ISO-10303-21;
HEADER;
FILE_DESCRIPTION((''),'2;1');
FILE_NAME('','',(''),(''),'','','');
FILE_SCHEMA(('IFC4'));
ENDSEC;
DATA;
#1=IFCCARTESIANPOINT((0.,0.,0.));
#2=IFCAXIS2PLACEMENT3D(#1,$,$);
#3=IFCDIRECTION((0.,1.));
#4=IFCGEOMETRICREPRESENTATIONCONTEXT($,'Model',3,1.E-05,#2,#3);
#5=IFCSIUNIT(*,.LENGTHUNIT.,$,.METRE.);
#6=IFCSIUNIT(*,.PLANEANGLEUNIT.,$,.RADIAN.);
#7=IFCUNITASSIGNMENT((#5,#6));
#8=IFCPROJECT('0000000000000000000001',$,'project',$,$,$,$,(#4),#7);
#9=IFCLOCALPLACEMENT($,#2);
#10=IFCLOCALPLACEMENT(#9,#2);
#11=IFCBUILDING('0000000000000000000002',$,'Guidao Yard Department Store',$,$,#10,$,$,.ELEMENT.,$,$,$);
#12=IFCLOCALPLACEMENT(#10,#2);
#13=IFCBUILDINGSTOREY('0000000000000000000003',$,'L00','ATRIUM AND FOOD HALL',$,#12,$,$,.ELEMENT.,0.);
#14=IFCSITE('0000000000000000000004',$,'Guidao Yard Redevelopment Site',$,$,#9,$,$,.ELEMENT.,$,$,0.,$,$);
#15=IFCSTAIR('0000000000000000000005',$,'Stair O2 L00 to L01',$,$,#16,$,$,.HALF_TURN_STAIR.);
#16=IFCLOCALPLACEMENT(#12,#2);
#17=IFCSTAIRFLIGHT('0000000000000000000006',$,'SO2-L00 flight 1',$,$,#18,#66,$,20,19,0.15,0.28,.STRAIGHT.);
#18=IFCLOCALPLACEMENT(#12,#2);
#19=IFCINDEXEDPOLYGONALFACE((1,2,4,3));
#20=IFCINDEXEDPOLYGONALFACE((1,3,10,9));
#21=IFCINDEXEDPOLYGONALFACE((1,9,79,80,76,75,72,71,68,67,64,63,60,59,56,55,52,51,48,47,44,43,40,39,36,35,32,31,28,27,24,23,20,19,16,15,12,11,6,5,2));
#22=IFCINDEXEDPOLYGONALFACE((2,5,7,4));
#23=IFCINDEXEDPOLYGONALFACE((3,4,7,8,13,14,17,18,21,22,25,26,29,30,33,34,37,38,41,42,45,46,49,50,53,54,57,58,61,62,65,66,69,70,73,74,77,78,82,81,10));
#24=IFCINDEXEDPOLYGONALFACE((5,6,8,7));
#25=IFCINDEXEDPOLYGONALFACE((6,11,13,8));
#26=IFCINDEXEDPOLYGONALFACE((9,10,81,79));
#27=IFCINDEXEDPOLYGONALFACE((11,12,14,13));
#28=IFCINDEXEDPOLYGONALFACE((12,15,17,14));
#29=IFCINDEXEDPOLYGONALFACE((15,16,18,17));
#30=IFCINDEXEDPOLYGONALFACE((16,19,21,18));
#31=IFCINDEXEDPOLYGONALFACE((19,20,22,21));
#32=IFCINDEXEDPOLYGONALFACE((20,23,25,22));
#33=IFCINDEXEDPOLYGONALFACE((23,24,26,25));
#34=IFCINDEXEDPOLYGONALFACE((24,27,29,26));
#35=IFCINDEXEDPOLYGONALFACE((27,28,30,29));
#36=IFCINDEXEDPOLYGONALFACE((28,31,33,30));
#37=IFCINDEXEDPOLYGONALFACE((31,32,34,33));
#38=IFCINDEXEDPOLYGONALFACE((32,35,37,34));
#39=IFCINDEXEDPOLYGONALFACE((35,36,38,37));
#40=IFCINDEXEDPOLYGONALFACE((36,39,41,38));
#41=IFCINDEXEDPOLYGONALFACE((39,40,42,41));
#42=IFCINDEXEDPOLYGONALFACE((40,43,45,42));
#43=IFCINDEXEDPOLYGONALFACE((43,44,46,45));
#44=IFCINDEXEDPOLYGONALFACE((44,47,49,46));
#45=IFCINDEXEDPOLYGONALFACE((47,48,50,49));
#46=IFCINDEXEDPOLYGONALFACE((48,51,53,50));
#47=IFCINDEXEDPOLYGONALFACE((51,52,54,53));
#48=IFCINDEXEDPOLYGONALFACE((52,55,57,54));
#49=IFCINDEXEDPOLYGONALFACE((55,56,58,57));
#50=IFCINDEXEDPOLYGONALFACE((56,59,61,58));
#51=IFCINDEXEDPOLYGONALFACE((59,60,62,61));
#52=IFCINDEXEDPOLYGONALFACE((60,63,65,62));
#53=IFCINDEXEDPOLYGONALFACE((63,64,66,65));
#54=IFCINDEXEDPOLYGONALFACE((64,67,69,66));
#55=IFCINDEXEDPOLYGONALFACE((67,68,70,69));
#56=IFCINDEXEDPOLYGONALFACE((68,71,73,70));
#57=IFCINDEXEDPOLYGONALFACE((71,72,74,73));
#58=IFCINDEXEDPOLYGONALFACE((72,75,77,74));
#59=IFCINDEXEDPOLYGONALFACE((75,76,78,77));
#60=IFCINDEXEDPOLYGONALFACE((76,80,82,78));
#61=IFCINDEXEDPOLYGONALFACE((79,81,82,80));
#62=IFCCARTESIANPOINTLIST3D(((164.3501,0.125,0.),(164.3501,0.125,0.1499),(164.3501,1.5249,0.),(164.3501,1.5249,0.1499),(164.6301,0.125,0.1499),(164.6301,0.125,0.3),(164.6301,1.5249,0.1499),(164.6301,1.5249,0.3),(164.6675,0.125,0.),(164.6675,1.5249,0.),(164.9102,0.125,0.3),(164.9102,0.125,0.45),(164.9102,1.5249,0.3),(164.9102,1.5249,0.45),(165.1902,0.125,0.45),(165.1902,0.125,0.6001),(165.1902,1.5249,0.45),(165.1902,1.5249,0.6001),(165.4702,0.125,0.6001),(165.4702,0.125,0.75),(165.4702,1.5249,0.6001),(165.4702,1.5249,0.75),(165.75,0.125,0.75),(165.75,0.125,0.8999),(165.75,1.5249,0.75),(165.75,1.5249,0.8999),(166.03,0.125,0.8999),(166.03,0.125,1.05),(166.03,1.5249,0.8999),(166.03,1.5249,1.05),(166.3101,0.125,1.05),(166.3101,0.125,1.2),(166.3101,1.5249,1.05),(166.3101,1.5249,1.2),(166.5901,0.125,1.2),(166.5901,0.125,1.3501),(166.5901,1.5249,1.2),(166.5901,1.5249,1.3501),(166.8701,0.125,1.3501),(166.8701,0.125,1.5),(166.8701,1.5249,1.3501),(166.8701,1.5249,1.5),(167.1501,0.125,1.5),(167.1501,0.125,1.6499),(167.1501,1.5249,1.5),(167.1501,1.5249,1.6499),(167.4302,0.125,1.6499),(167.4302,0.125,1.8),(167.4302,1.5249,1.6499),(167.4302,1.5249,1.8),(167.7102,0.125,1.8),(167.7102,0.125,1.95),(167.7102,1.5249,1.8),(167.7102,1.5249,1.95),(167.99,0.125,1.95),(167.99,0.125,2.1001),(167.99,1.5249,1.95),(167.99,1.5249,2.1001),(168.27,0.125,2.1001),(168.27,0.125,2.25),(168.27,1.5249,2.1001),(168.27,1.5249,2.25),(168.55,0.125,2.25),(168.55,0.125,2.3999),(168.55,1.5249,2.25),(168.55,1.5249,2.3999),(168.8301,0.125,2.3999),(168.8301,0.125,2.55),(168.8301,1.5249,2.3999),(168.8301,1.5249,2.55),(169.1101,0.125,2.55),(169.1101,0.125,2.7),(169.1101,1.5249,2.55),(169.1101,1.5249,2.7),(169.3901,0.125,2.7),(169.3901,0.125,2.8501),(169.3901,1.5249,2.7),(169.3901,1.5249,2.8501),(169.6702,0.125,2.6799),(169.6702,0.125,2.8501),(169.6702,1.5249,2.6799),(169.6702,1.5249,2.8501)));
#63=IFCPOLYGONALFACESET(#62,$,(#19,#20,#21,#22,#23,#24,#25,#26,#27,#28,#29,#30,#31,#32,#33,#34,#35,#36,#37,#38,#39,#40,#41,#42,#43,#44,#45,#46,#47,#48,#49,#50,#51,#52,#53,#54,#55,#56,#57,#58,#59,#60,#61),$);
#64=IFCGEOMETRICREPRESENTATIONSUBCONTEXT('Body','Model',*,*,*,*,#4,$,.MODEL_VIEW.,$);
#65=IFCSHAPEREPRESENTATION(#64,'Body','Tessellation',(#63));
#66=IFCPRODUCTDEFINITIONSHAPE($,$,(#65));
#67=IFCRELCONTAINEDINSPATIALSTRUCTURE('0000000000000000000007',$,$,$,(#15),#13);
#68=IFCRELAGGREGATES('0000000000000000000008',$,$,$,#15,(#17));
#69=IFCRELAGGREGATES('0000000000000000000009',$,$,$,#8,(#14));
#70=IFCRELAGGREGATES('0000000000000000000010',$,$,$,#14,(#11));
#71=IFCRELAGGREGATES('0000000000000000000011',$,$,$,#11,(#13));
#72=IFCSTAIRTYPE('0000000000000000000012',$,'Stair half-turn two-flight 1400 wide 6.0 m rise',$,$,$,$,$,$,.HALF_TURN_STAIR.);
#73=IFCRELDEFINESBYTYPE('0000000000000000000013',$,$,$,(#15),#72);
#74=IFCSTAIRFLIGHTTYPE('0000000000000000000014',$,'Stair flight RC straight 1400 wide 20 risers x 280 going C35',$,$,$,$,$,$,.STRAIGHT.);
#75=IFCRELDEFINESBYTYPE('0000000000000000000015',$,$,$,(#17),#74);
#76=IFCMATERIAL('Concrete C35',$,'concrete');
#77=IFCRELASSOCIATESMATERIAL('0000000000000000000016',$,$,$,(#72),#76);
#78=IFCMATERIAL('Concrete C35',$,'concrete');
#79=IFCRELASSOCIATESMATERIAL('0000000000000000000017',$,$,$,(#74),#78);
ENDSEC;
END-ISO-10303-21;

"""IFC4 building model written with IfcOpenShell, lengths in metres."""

from ifc_helpers import new_model, si_unit, direction, frame, origin, place, context, subcontext, project, spatial, polyline, outline, extrude, material, type_object, element, aggregate, save


model = new_model("IFC4")

# Units and contexts
model_context = context("Model", 3, precision=1e-05, world=origin(), true_north=direction((0.0, 1.0)))
body_context = subcontext(model_context, "Body", "Model", "MODEL_VIEW")
ifc_project = project(units=[si_unit("LENGTHUNIT", "METRE"), si_unit("PLANEANGLEUNIT", "RADIAN")], contexts=[model_context])

# Site, building, storey
site_placement = place(None, origin())
site = spatial("IfcSite", under=ifc_project, at=site_placement, Name="Guidao Yard Redevelopment Site", CompositionType="ELEMENT", RefElevation=0.0)
building_placement = place(site_placement, origin())
building = spatial("IfcBuilding", under=site, at=building_placement, Name="Guidao Yard Department Store", CompositionType="ELEMENT")
storey_placement = place(building_placement, origin())
storey = spatial("IfcBuildingStorey", under=building, at=storey_placement, Name="L00", Description="ATRIUM AND FOOD HALL", CompositionType="ELEMENT", Elevation=0.0)

# Stair, stair flight
ifc_material_1 = material(Name="Concrete C35", Category="concrete")
stair_type = type_object("IfcStairType", Name="Stair half-turn two-flight 1400 wide 6.0 m rise", PredefinedType="HALF_TURN_STAIR", material=ifc_material_1)
stair_placement = place(storey_placement, origin())
stair = element("IfcStair", 1, at=stair_placement, inside=storey, type_object=stair_type, Name="Stair O2 L00 to L01", PredefinedType="HALF_TURN_STAIR")
ifc_material_2 = material(Name="Concrete C35", Category="concrete")
stair_flight_type = type_object("IfcStairFlightType", Name="Stair flight RC straight 1400 wide 20 risers x 280 going C35", PredefinedType="STRAIGHT", material=ifc_material_2)
stair_flight_placement = place(storey_placement, frame((164.3501, 0.825, 0.0), z_axis=(0.0, 0.0, 1.0), x_axis=(1.0, 0.0, 0.0)))
stair_flight = element("IfcStairFlight", 2, at=stair_flight_placement, type_object=stair_flight_type, Name="SO2-L00 flight 1", NumberOfRisers=20, NumberOfTreads=19, PredefinedType="STRAIGHT", RiserHeight=0.15, TreadLength=0.28, context=body_context, shape_type="SweptSolid", body=[
    extrude(outline(polyline([(0.0, 0.0), (0.0, 0.1499), (0.28, 0.1499), (0.28, 0.3), (0.5601, 0.3), (0.5601, 0.45), (0.8401, 0.45), (0.8401, 0.6001), (1.1201, 0.6001), (1.1201, 0.75), (1.3999, 0.75), (1.3999, 0.8999), (1.6799, 0.8999), (1.6799, 1.05), (1.96, 1.05), (1.96, 1.2), (2.24, 1.2), (2.24, 1.3501), (2.52, 1.3501), (2.52, 1.5), (2.8, 1.5), (2.8, 1.6499), (3.0801, 1.6499), (3.0801, 1.8), (3.3601, 1.8), (3.3601, 1.95), (3.6399, 1.95), (3.6399, 2.1001), (3.9199, 2.1001), (3.9199, 2.25), (4.2, 2.25), (4.2, 2.3999), (4.48, 2.3999), (4.48, 2.55), (4.76, 2.55), (4.76, 2.7), (5.04, 2.7), (5.04, 2.8501), (5.3201, 2.8501), (5.3201, 3.0), (5.3201, 2.6799), (0.3174, 0.0), (0.0, 0.0)])), frame((0.0, 0.7, 0.0), z_axis=(0.0, -1.0, 0.0), x_axis=(1.0, 0.0, 0.0)), (0.0, 0.0, 1.0), 1.3999),
])
aggregate(stair, [stair_flight])

save(model, "model.ifc")
